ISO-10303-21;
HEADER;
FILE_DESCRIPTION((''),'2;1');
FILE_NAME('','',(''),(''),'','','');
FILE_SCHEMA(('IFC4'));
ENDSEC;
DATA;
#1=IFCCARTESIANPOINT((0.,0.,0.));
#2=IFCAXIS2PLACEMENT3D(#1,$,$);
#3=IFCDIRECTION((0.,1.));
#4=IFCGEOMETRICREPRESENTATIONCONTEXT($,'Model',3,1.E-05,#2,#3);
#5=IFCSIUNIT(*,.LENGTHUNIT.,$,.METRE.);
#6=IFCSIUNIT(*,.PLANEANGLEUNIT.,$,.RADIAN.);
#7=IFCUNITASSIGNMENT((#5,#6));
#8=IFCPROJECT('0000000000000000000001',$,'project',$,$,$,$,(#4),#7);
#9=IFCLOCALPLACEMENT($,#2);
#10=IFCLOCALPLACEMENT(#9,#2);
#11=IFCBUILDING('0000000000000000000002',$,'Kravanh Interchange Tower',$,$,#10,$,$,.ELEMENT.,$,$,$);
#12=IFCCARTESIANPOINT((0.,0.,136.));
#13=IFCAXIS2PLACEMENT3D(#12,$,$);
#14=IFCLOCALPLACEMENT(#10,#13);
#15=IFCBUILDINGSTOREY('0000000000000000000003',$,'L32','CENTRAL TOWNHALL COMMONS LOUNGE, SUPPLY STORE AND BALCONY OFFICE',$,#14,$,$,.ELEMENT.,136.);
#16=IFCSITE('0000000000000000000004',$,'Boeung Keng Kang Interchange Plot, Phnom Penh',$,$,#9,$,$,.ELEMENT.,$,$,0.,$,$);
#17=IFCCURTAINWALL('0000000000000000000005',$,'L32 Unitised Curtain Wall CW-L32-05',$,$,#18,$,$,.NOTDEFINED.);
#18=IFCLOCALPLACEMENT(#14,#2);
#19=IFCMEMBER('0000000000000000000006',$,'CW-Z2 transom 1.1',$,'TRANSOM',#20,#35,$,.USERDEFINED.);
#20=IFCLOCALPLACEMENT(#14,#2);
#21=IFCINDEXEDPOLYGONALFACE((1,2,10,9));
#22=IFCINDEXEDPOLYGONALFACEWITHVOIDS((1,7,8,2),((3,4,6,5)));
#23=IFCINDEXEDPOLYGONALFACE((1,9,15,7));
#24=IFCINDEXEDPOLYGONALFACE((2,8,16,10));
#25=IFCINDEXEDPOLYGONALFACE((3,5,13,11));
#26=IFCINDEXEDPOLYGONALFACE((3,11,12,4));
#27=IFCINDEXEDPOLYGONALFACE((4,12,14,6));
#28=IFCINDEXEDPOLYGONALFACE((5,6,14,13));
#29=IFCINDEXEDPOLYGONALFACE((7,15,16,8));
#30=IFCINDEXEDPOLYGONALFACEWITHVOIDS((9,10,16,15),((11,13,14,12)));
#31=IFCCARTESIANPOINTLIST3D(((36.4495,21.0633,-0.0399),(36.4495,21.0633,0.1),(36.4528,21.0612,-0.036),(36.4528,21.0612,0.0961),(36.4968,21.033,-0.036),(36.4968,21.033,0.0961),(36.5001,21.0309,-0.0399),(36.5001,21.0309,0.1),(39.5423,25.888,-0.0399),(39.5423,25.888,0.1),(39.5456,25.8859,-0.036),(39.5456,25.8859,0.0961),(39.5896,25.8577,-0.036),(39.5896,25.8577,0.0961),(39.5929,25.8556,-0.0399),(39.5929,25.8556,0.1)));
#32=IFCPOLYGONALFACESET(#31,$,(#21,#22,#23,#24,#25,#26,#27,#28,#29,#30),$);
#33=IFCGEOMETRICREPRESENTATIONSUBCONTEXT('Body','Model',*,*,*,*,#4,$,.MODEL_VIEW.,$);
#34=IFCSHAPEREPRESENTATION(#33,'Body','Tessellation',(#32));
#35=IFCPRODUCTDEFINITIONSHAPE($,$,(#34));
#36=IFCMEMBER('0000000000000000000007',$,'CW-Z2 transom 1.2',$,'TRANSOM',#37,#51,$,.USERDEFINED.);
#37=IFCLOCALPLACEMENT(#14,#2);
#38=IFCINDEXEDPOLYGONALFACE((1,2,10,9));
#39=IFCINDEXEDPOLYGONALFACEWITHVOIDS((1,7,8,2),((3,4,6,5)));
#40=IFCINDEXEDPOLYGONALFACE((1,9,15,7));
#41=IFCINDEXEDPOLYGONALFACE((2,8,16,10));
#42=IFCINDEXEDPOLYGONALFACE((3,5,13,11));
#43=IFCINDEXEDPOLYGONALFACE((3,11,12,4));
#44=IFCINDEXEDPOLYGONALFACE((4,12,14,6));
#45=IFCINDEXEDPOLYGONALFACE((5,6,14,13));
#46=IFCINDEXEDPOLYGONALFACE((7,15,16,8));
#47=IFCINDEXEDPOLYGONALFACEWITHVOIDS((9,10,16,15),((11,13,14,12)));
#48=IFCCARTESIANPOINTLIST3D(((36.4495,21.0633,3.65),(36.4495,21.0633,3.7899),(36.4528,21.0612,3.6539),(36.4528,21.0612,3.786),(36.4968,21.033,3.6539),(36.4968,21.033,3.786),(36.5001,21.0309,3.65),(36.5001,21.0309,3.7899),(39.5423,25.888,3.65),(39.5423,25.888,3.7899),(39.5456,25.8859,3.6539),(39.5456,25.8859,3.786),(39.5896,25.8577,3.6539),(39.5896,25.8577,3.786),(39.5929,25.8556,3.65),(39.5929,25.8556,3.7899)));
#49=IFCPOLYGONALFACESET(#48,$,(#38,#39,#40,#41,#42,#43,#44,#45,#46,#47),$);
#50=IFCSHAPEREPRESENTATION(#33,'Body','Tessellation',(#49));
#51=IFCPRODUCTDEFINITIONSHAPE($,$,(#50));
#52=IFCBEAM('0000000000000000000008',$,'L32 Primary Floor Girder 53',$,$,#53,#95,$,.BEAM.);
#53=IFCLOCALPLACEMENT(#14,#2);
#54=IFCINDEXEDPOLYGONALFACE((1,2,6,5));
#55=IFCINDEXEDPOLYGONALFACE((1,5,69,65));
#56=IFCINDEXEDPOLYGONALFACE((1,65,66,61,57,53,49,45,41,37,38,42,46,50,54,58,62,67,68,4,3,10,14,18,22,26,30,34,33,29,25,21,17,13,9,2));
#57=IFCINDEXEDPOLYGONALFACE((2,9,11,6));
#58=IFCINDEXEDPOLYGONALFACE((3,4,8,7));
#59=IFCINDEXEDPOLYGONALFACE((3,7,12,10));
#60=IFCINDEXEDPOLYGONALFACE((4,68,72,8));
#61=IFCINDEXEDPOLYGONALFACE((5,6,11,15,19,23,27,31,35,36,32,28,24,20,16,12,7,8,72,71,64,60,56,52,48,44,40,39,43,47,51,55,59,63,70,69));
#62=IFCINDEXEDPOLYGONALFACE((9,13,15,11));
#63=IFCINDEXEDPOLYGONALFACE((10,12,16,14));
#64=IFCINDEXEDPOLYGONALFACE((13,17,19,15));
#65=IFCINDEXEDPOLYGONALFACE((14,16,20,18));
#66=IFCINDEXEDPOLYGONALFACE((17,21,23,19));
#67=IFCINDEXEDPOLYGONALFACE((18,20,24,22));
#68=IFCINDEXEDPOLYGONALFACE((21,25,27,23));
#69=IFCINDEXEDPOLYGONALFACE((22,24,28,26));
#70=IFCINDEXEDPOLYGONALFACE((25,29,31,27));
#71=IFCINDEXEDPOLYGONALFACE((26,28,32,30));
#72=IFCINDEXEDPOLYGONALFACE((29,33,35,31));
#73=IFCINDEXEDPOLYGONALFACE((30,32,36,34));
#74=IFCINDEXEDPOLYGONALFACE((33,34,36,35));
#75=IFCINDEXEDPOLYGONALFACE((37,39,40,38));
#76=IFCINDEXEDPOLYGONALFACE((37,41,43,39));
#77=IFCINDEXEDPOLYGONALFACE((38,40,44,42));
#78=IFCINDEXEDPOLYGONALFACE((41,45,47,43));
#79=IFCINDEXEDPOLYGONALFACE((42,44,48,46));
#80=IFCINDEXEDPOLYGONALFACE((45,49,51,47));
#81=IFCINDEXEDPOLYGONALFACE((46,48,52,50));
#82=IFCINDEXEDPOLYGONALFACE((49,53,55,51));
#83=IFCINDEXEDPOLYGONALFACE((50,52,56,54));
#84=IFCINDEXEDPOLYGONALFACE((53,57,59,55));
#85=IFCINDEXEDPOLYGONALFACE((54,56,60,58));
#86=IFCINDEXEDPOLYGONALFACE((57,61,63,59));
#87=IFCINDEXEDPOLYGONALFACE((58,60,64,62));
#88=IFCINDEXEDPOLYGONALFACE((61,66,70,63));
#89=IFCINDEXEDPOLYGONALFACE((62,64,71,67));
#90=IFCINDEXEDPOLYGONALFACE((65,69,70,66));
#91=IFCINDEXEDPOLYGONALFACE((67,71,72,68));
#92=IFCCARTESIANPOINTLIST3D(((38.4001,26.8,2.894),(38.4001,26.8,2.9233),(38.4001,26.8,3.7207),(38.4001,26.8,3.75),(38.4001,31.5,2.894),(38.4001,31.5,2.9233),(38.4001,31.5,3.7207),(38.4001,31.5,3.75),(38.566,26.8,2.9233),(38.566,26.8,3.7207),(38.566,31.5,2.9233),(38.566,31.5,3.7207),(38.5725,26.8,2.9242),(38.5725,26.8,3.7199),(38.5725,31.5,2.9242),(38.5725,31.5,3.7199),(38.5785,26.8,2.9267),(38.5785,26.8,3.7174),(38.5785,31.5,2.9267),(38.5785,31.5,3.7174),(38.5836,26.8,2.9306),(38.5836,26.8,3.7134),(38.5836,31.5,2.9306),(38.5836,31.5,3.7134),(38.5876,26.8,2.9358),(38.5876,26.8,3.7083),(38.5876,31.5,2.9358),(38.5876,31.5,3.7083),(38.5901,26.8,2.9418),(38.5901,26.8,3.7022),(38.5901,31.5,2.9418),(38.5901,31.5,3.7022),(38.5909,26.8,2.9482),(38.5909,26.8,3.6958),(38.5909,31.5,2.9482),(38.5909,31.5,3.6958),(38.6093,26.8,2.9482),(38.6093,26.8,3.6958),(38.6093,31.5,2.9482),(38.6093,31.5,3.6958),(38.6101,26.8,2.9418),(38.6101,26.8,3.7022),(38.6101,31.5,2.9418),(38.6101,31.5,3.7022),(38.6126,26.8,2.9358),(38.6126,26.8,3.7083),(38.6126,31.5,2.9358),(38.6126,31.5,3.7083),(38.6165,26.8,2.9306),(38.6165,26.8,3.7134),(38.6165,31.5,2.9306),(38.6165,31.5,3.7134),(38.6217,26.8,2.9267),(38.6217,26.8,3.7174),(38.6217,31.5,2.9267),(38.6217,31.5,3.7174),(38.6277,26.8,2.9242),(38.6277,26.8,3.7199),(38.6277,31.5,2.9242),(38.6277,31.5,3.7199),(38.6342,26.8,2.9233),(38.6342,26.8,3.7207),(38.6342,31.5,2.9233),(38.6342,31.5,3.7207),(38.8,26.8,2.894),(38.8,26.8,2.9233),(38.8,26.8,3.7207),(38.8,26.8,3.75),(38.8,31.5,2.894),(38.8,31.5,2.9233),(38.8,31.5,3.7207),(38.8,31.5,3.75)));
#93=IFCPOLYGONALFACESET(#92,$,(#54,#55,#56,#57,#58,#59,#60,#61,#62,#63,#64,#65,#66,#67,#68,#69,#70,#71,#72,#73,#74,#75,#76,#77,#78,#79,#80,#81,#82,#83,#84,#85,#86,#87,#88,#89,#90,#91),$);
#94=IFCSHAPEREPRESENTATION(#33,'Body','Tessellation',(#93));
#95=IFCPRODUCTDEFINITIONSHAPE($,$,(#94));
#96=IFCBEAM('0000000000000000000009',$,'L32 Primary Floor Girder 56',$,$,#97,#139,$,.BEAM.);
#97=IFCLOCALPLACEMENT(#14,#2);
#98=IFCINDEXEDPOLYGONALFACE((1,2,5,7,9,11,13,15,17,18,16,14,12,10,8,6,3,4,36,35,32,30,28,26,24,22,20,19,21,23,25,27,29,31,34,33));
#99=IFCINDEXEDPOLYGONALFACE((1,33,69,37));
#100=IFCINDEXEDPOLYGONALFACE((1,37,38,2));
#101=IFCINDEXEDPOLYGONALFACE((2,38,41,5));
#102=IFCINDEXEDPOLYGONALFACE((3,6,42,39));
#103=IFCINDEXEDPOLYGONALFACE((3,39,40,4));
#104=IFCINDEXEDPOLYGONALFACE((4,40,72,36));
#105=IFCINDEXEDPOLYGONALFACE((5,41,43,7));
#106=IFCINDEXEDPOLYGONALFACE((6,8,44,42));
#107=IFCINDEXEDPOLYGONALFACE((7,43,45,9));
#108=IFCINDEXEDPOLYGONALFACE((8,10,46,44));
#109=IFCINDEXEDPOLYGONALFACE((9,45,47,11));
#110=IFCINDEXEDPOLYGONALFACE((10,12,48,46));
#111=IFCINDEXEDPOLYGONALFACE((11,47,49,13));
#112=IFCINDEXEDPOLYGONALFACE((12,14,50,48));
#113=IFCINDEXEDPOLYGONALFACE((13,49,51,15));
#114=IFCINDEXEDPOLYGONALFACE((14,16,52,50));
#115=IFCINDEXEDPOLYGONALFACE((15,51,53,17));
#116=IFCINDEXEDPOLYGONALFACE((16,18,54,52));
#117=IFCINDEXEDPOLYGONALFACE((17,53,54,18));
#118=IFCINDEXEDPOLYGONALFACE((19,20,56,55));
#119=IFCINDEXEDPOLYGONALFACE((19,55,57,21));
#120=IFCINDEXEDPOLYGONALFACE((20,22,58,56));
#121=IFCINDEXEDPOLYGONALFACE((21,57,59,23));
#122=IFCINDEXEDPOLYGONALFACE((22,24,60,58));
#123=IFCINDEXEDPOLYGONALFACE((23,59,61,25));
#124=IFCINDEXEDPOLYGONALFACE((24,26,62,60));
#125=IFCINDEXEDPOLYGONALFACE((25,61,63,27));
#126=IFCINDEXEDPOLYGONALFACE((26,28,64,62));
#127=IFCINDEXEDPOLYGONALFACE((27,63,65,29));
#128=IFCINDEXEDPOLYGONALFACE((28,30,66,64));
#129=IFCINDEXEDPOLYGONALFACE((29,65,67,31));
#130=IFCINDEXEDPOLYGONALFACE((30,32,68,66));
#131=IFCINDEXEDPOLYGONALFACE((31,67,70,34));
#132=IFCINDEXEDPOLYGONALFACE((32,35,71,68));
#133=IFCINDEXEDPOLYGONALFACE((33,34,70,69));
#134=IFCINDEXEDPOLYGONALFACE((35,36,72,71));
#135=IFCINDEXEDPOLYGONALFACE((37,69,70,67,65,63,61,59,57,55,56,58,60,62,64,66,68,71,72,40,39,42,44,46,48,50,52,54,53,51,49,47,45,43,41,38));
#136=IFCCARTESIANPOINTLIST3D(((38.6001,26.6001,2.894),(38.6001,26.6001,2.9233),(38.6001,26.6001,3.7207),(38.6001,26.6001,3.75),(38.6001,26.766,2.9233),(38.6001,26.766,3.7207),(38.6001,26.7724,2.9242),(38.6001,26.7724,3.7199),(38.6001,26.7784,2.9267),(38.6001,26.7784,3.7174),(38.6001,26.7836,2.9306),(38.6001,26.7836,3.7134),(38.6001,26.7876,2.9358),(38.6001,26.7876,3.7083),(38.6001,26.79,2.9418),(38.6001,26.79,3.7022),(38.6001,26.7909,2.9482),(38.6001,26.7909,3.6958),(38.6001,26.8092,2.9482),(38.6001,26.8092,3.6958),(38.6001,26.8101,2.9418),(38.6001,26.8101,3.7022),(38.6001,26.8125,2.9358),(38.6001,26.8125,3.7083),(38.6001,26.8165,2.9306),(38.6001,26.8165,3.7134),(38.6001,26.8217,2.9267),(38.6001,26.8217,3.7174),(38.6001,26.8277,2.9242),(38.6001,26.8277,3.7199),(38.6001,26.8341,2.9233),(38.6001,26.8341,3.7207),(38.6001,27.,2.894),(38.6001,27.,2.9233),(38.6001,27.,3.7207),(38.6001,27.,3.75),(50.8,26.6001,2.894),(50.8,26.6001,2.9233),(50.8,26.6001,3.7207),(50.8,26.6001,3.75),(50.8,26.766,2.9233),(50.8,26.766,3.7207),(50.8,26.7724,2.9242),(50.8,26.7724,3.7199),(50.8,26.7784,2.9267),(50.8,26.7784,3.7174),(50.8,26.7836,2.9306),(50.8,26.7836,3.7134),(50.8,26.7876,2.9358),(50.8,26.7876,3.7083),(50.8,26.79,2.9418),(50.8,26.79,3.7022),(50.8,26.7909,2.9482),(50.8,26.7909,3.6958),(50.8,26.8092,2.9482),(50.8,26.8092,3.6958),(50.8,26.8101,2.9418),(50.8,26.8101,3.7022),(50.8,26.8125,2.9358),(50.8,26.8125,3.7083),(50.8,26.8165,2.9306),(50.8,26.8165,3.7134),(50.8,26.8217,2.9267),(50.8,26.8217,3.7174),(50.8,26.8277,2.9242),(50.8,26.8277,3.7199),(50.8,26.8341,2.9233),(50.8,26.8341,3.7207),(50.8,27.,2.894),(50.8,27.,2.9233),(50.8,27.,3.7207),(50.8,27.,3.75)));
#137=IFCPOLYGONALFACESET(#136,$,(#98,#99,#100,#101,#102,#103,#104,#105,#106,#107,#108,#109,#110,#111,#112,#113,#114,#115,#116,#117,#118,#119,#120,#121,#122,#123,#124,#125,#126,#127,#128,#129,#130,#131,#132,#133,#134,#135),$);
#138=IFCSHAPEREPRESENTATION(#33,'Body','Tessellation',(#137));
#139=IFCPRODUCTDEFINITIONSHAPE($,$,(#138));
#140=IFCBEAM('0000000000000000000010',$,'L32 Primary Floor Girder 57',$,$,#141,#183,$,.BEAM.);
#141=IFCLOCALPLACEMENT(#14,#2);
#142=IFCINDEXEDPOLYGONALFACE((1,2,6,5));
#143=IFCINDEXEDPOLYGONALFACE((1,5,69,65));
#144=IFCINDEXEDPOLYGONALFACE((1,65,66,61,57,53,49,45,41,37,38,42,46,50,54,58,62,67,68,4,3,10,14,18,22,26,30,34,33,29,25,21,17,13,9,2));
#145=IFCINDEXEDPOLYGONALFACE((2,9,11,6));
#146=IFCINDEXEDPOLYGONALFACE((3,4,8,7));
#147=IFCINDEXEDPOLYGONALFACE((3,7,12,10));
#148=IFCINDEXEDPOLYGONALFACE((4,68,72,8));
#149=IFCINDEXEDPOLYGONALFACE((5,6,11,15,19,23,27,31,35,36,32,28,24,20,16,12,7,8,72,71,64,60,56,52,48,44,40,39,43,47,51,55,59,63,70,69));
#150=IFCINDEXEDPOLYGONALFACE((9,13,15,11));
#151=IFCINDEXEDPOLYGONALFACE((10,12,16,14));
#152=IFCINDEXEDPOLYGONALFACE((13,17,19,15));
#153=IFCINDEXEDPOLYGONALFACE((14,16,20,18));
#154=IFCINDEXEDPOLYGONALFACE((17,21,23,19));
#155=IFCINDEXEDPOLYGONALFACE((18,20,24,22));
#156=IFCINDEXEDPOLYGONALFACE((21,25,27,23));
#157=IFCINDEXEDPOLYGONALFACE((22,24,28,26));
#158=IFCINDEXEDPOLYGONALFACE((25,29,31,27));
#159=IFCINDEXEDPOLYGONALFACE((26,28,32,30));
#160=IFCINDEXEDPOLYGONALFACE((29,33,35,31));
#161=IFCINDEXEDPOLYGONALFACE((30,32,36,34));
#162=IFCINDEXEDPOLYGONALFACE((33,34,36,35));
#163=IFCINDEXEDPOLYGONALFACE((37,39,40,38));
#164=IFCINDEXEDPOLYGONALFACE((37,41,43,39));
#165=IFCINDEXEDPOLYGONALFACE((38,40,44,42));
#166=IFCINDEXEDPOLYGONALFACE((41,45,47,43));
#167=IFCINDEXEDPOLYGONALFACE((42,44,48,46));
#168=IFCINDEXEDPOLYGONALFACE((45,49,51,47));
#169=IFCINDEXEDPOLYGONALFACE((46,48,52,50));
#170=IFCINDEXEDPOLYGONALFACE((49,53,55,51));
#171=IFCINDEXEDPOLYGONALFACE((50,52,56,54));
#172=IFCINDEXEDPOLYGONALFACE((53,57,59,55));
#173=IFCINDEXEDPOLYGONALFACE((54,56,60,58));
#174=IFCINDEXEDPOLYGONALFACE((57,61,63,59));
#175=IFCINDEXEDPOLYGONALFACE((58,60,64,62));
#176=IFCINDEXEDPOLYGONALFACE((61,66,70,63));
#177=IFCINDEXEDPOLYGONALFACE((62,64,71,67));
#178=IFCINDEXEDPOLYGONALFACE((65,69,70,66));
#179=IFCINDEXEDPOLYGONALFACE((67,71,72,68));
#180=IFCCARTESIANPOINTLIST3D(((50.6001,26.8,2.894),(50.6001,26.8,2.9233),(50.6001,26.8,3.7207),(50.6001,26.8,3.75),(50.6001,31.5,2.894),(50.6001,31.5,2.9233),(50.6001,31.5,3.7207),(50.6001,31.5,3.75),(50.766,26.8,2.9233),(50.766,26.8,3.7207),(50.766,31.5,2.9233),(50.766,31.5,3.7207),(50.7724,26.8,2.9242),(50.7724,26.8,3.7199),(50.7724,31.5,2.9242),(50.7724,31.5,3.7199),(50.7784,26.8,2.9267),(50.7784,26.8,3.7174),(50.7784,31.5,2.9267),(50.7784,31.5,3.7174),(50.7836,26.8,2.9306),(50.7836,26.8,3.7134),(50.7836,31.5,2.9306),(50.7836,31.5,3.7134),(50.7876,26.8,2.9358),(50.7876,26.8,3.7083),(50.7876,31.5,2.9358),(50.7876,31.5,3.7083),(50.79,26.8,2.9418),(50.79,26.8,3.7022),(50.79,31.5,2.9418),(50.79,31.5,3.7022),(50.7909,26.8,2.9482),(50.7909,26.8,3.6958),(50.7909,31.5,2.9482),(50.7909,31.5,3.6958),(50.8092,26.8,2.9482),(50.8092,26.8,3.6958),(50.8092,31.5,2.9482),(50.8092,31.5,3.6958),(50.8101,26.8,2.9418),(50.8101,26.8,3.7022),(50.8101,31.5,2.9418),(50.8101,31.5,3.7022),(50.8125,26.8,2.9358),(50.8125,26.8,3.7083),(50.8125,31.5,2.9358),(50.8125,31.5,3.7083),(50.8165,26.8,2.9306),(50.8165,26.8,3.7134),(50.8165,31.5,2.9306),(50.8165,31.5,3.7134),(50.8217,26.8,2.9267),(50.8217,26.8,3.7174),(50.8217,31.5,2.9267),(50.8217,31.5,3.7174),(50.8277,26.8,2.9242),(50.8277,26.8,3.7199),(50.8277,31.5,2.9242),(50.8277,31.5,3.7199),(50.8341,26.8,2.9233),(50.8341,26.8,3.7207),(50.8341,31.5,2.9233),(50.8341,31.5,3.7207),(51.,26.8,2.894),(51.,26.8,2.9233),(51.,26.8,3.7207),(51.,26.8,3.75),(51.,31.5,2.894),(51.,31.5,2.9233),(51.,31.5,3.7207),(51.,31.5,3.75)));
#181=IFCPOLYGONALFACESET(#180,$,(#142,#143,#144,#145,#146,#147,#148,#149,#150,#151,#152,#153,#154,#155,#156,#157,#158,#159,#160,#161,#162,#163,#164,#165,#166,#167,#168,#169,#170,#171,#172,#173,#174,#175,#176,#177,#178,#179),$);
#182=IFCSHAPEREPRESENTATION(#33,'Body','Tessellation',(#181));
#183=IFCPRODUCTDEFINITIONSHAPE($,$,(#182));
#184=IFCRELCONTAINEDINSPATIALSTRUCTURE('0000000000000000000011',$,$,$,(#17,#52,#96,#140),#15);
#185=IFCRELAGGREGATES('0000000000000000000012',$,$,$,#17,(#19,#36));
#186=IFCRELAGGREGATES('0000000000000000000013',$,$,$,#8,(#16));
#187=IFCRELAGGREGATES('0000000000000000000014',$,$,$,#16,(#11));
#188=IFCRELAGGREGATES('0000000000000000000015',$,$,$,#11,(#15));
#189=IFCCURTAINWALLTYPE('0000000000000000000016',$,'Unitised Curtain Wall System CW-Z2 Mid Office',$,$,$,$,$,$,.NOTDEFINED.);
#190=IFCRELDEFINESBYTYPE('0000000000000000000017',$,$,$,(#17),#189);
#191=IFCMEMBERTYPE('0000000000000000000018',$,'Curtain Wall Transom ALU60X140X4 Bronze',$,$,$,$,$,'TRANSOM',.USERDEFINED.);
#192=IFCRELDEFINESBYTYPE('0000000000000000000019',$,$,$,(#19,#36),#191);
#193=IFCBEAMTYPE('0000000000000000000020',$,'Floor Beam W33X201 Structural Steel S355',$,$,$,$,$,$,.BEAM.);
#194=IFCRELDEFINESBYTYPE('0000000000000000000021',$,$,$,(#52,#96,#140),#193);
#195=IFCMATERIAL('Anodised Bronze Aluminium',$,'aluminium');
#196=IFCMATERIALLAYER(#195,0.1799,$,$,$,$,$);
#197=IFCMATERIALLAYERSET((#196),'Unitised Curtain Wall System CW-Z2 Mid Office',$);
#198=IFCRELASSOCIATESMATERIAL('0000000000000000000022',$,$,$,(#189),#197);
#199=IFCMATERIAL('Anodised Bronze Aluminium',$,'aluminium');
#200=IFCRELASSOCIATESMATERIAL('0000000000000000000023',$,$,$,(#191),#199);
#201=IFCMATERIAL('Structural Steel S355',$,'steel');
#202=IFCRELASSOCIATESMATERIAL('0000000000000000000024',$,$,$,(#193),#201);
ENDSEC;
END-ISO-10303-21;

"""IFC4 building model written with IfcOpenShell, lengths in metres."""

from ifc_helpers import new_model, si_unit, direction, frame, origin, origin_2d, place, context, subcontext, project, spatial, hollow_rectangle, i_section, extrude, material, layer, layer_set, material_profile, profile_set, type_object, element, aggregate, save


model = new_model("IFC4")

# Units and contexts
model_context = context("Model", 3, precision=1e-05, world=origin(), true_north=direction((0.0, 1.0)))
body_context = subcontext(model_context, "Body", "Model", "MODEL_VIEW")
ifc_project = project(units=[si_unit("LENGTHUNIT", "METRE"), si_unit("PLANEANGLEUNIT", "RADIAN")], contexts=[model_context])

# Site, building, storey
site_placement = place(None, origin())
site = spatial("IfcSite", under=ifc_project, at=site_placement, Name="Boeung Keng Kang Interchange Plot, Phnom Penh", CompositionType="ELEMENT", RefElevation=0.0)
building_placement = place(site_placement, origin())
building = spatial("IfcBuilding", under=site, at=building_placement, Name="Kravanh Interchange Tower", CompositionType="ELEMENT")
storey_placement = place(building_placement, frame((0.0, 0.0, 136.0)))
storey = spatial("IfcBuildingStorey", under=building, at=storey_placement, Name="L32", Description="CENTRAL TOWNHALL COMMONS LOUNGE, SUPPLY STORE AND BALCONY OFFICE", CompositionType="ELEMENT", Elevation=136.0)

# Shared definitions
ifc_material_1 = material(Name="Anodised Bronze Aluminium", Category="aluminium")
ifc_layer_1 = layer(ifc_material_1, 0.1799)
ifc_layer_set_1 = layer_set([ifc_layer_1], Name="Unitised Curtain Wall System CW-Z2 Mid Office")
curtain_wall_type = type_object("IfcCurtainWallType", Name="Unitised Curtain Wall System CW-Z2 Mid Office", PredefinedType="NOTDEFINED", material=ifc_layer_set_1)

# Curtain wall
curtain_wall_1_placement = place(storey_placement, origin())
curtain_wall_1 = element("IfcCurtainWall", 1, at=curtain_wall_1_placement, inside=storey, type_object=curtain_wall_type, Name="L32 Unitised Curtain Wall CW-L32-05", PredefinedType="NOTDEFINED")

# Members
ifc_material_2 = material(Name="Anodised Bronze Aluminium", Category="aluminium")
ifc_material_profile_1 = material_profile(ifc_material_2, hollow_rectangle(XDim=0.0601, YDim=0.1399, WallThickness=0.0039, at=origin_2d()), Name="ALU60X140X4")
ifc_profile_set_1 = profile_set([ifc_material_profile_1], Name="Anodised Bronze Aluminium")
member_type_1 = type_object("IfcMemberType", Name="Curtain Wall Transom ALU60X140X4 Bronze", ElementType="TRANSOM", PredefinedType="USERDEFINED", material=ifc_profile_set_1)
member_1_placement = place(storey_placement, frame((39.5676, 25.8718, 0.03), z_axis=(-0.539668, -0.841878, 0.0), x_axis=(0.841878, -0.539668, 0.0)))
member_1 = element("IfcMember", 2, at=member_1_placement, type_object=member_type_1, Name="CW-Z2 transom 1.1", ObjectType="TRANSOM", PredefinedType="USERDEFINED", context=body_context, shape_type="SweptSolid", body=[
    extrude(hollow_rectangle(XDim=0.0601, YDim=0.1399, WallThickness=0.0039, at=origin_2d()), origin(), (0.0, 0.0, 1.0), 5.731),
])
member_2_placement = place(storey_placement, frame((39.5676, 25.8718, 3.72), z_axis=(-0.539668, -0.841878, 0.0), x_axis=(0.841878, -0.539668, 0.0)))
member_2 = element("IfcMember", 3, at=member_2_placement, type_object=member_type_1, Name="CW-Z2 transom 1.2", ObjectType="TRANSOM", PredefinedType="USERDEFINED", context=body_context, shape_type="SweptSolid", body=[
    extrude(hollow_rectangle(XDim=0.0601, YDim=0.1399, WallThickness=0.0039, at=origin_2d()), origin(), (0.0, 0.0, 1.0), 5.731),
])
aggregate(curtain_wall_1, [member_1, member_2])

# Beams
ifc_material_3 = material(Name="Structural Steel S355", Category="steel")
ifc_material_profile_2 = material_profile(ifc_material_3, i_section(OverallWidth=0.3999, OverallDepth=0.856, WebThickness=0.0183, FlangeThickness=0.0293, FilletRadius=0.0249, at=origin_2d()), Name="W33X201")
ifc_profile_set_2 = profile_set([ifc_material_profile_2], Name="Structural Steel S355")
beam_type_1 = type_object("IfcBeamType", Name="Floor Beam W33X201 Structural Steel S355", PredefinedType="BEAM", material=ifc_profile_set_2)
beam_1_placement = place(storey_placement, frame((38.6001, 26.8, 3.322), z_axis=(0.0, 1.0, 0.0), x_axis=(-1.0, 0.0, 0.0)))
element("IfcBeam", 4, at=beam_1_placement, inside=storey, type_object=beam_type_1, Name="L32 Primary Floor Girder 53", PredefinedType="BEAM", context=body_context, shape_type="SweptSolid", body=[
    extrude(i_section(OverallWidth=0.3999, OverallDepth=0.856, WebThickness=0.0183, FlangeThickness=0.0293, FilletRadius=0.0249, at=origin_2d()), origin(), (0.0, 0.0, 1.0), 4.7),
])
beam_2_placement = place(storey_placement, frame((38.6001, 26.8, 3.322), z_axis=(1.0, 0.0, 0.0), x_axis=(0.0, 1.0, 0.0)))
element("IfcBeam", 5, at=beam_2_placement, inside=storey, type_object=beam_type_1, Name="L32 Primary Floor Girder 56", PredefinedType="BEAM", context=body_context, shape_type="SweptSolid", body=[
    extrude(i_section(OverallWidth=0.3999, OverallDepth=0.856, WebThickness=0.0183, FlangeThickness=0.0293, FilletRadius=0.0249, at=origin_2d()), origin(), (0.0, 0.0, 1.0), 12.2),
])
beam_3_placement = place(storey_placement, frame((50.8, 26.8, 3.322), z_axis=(0.0, 1.0, 0.0), x_axis=(-1.0, 0.0, 0.0)))
element("IfcBeam", 6, at=beam_3_placement, inside=storey, type_object=beam_type_1, Name="L32 Primary Floor Girder 57", PredefinedType="BEAM", context=body_context, shape_type="SweptSolid", body=[
    extrude(i_section(OverallWidth=0.3999, OverallDepth=0.856, WebThickness=0.0183, FlangeThickness=0.0293, FilletRadius=0.0249, at=origin_2d()), origin(), (0.0, 0.0, 1.0), 4.7),
])

save(model, "model.ifc")
